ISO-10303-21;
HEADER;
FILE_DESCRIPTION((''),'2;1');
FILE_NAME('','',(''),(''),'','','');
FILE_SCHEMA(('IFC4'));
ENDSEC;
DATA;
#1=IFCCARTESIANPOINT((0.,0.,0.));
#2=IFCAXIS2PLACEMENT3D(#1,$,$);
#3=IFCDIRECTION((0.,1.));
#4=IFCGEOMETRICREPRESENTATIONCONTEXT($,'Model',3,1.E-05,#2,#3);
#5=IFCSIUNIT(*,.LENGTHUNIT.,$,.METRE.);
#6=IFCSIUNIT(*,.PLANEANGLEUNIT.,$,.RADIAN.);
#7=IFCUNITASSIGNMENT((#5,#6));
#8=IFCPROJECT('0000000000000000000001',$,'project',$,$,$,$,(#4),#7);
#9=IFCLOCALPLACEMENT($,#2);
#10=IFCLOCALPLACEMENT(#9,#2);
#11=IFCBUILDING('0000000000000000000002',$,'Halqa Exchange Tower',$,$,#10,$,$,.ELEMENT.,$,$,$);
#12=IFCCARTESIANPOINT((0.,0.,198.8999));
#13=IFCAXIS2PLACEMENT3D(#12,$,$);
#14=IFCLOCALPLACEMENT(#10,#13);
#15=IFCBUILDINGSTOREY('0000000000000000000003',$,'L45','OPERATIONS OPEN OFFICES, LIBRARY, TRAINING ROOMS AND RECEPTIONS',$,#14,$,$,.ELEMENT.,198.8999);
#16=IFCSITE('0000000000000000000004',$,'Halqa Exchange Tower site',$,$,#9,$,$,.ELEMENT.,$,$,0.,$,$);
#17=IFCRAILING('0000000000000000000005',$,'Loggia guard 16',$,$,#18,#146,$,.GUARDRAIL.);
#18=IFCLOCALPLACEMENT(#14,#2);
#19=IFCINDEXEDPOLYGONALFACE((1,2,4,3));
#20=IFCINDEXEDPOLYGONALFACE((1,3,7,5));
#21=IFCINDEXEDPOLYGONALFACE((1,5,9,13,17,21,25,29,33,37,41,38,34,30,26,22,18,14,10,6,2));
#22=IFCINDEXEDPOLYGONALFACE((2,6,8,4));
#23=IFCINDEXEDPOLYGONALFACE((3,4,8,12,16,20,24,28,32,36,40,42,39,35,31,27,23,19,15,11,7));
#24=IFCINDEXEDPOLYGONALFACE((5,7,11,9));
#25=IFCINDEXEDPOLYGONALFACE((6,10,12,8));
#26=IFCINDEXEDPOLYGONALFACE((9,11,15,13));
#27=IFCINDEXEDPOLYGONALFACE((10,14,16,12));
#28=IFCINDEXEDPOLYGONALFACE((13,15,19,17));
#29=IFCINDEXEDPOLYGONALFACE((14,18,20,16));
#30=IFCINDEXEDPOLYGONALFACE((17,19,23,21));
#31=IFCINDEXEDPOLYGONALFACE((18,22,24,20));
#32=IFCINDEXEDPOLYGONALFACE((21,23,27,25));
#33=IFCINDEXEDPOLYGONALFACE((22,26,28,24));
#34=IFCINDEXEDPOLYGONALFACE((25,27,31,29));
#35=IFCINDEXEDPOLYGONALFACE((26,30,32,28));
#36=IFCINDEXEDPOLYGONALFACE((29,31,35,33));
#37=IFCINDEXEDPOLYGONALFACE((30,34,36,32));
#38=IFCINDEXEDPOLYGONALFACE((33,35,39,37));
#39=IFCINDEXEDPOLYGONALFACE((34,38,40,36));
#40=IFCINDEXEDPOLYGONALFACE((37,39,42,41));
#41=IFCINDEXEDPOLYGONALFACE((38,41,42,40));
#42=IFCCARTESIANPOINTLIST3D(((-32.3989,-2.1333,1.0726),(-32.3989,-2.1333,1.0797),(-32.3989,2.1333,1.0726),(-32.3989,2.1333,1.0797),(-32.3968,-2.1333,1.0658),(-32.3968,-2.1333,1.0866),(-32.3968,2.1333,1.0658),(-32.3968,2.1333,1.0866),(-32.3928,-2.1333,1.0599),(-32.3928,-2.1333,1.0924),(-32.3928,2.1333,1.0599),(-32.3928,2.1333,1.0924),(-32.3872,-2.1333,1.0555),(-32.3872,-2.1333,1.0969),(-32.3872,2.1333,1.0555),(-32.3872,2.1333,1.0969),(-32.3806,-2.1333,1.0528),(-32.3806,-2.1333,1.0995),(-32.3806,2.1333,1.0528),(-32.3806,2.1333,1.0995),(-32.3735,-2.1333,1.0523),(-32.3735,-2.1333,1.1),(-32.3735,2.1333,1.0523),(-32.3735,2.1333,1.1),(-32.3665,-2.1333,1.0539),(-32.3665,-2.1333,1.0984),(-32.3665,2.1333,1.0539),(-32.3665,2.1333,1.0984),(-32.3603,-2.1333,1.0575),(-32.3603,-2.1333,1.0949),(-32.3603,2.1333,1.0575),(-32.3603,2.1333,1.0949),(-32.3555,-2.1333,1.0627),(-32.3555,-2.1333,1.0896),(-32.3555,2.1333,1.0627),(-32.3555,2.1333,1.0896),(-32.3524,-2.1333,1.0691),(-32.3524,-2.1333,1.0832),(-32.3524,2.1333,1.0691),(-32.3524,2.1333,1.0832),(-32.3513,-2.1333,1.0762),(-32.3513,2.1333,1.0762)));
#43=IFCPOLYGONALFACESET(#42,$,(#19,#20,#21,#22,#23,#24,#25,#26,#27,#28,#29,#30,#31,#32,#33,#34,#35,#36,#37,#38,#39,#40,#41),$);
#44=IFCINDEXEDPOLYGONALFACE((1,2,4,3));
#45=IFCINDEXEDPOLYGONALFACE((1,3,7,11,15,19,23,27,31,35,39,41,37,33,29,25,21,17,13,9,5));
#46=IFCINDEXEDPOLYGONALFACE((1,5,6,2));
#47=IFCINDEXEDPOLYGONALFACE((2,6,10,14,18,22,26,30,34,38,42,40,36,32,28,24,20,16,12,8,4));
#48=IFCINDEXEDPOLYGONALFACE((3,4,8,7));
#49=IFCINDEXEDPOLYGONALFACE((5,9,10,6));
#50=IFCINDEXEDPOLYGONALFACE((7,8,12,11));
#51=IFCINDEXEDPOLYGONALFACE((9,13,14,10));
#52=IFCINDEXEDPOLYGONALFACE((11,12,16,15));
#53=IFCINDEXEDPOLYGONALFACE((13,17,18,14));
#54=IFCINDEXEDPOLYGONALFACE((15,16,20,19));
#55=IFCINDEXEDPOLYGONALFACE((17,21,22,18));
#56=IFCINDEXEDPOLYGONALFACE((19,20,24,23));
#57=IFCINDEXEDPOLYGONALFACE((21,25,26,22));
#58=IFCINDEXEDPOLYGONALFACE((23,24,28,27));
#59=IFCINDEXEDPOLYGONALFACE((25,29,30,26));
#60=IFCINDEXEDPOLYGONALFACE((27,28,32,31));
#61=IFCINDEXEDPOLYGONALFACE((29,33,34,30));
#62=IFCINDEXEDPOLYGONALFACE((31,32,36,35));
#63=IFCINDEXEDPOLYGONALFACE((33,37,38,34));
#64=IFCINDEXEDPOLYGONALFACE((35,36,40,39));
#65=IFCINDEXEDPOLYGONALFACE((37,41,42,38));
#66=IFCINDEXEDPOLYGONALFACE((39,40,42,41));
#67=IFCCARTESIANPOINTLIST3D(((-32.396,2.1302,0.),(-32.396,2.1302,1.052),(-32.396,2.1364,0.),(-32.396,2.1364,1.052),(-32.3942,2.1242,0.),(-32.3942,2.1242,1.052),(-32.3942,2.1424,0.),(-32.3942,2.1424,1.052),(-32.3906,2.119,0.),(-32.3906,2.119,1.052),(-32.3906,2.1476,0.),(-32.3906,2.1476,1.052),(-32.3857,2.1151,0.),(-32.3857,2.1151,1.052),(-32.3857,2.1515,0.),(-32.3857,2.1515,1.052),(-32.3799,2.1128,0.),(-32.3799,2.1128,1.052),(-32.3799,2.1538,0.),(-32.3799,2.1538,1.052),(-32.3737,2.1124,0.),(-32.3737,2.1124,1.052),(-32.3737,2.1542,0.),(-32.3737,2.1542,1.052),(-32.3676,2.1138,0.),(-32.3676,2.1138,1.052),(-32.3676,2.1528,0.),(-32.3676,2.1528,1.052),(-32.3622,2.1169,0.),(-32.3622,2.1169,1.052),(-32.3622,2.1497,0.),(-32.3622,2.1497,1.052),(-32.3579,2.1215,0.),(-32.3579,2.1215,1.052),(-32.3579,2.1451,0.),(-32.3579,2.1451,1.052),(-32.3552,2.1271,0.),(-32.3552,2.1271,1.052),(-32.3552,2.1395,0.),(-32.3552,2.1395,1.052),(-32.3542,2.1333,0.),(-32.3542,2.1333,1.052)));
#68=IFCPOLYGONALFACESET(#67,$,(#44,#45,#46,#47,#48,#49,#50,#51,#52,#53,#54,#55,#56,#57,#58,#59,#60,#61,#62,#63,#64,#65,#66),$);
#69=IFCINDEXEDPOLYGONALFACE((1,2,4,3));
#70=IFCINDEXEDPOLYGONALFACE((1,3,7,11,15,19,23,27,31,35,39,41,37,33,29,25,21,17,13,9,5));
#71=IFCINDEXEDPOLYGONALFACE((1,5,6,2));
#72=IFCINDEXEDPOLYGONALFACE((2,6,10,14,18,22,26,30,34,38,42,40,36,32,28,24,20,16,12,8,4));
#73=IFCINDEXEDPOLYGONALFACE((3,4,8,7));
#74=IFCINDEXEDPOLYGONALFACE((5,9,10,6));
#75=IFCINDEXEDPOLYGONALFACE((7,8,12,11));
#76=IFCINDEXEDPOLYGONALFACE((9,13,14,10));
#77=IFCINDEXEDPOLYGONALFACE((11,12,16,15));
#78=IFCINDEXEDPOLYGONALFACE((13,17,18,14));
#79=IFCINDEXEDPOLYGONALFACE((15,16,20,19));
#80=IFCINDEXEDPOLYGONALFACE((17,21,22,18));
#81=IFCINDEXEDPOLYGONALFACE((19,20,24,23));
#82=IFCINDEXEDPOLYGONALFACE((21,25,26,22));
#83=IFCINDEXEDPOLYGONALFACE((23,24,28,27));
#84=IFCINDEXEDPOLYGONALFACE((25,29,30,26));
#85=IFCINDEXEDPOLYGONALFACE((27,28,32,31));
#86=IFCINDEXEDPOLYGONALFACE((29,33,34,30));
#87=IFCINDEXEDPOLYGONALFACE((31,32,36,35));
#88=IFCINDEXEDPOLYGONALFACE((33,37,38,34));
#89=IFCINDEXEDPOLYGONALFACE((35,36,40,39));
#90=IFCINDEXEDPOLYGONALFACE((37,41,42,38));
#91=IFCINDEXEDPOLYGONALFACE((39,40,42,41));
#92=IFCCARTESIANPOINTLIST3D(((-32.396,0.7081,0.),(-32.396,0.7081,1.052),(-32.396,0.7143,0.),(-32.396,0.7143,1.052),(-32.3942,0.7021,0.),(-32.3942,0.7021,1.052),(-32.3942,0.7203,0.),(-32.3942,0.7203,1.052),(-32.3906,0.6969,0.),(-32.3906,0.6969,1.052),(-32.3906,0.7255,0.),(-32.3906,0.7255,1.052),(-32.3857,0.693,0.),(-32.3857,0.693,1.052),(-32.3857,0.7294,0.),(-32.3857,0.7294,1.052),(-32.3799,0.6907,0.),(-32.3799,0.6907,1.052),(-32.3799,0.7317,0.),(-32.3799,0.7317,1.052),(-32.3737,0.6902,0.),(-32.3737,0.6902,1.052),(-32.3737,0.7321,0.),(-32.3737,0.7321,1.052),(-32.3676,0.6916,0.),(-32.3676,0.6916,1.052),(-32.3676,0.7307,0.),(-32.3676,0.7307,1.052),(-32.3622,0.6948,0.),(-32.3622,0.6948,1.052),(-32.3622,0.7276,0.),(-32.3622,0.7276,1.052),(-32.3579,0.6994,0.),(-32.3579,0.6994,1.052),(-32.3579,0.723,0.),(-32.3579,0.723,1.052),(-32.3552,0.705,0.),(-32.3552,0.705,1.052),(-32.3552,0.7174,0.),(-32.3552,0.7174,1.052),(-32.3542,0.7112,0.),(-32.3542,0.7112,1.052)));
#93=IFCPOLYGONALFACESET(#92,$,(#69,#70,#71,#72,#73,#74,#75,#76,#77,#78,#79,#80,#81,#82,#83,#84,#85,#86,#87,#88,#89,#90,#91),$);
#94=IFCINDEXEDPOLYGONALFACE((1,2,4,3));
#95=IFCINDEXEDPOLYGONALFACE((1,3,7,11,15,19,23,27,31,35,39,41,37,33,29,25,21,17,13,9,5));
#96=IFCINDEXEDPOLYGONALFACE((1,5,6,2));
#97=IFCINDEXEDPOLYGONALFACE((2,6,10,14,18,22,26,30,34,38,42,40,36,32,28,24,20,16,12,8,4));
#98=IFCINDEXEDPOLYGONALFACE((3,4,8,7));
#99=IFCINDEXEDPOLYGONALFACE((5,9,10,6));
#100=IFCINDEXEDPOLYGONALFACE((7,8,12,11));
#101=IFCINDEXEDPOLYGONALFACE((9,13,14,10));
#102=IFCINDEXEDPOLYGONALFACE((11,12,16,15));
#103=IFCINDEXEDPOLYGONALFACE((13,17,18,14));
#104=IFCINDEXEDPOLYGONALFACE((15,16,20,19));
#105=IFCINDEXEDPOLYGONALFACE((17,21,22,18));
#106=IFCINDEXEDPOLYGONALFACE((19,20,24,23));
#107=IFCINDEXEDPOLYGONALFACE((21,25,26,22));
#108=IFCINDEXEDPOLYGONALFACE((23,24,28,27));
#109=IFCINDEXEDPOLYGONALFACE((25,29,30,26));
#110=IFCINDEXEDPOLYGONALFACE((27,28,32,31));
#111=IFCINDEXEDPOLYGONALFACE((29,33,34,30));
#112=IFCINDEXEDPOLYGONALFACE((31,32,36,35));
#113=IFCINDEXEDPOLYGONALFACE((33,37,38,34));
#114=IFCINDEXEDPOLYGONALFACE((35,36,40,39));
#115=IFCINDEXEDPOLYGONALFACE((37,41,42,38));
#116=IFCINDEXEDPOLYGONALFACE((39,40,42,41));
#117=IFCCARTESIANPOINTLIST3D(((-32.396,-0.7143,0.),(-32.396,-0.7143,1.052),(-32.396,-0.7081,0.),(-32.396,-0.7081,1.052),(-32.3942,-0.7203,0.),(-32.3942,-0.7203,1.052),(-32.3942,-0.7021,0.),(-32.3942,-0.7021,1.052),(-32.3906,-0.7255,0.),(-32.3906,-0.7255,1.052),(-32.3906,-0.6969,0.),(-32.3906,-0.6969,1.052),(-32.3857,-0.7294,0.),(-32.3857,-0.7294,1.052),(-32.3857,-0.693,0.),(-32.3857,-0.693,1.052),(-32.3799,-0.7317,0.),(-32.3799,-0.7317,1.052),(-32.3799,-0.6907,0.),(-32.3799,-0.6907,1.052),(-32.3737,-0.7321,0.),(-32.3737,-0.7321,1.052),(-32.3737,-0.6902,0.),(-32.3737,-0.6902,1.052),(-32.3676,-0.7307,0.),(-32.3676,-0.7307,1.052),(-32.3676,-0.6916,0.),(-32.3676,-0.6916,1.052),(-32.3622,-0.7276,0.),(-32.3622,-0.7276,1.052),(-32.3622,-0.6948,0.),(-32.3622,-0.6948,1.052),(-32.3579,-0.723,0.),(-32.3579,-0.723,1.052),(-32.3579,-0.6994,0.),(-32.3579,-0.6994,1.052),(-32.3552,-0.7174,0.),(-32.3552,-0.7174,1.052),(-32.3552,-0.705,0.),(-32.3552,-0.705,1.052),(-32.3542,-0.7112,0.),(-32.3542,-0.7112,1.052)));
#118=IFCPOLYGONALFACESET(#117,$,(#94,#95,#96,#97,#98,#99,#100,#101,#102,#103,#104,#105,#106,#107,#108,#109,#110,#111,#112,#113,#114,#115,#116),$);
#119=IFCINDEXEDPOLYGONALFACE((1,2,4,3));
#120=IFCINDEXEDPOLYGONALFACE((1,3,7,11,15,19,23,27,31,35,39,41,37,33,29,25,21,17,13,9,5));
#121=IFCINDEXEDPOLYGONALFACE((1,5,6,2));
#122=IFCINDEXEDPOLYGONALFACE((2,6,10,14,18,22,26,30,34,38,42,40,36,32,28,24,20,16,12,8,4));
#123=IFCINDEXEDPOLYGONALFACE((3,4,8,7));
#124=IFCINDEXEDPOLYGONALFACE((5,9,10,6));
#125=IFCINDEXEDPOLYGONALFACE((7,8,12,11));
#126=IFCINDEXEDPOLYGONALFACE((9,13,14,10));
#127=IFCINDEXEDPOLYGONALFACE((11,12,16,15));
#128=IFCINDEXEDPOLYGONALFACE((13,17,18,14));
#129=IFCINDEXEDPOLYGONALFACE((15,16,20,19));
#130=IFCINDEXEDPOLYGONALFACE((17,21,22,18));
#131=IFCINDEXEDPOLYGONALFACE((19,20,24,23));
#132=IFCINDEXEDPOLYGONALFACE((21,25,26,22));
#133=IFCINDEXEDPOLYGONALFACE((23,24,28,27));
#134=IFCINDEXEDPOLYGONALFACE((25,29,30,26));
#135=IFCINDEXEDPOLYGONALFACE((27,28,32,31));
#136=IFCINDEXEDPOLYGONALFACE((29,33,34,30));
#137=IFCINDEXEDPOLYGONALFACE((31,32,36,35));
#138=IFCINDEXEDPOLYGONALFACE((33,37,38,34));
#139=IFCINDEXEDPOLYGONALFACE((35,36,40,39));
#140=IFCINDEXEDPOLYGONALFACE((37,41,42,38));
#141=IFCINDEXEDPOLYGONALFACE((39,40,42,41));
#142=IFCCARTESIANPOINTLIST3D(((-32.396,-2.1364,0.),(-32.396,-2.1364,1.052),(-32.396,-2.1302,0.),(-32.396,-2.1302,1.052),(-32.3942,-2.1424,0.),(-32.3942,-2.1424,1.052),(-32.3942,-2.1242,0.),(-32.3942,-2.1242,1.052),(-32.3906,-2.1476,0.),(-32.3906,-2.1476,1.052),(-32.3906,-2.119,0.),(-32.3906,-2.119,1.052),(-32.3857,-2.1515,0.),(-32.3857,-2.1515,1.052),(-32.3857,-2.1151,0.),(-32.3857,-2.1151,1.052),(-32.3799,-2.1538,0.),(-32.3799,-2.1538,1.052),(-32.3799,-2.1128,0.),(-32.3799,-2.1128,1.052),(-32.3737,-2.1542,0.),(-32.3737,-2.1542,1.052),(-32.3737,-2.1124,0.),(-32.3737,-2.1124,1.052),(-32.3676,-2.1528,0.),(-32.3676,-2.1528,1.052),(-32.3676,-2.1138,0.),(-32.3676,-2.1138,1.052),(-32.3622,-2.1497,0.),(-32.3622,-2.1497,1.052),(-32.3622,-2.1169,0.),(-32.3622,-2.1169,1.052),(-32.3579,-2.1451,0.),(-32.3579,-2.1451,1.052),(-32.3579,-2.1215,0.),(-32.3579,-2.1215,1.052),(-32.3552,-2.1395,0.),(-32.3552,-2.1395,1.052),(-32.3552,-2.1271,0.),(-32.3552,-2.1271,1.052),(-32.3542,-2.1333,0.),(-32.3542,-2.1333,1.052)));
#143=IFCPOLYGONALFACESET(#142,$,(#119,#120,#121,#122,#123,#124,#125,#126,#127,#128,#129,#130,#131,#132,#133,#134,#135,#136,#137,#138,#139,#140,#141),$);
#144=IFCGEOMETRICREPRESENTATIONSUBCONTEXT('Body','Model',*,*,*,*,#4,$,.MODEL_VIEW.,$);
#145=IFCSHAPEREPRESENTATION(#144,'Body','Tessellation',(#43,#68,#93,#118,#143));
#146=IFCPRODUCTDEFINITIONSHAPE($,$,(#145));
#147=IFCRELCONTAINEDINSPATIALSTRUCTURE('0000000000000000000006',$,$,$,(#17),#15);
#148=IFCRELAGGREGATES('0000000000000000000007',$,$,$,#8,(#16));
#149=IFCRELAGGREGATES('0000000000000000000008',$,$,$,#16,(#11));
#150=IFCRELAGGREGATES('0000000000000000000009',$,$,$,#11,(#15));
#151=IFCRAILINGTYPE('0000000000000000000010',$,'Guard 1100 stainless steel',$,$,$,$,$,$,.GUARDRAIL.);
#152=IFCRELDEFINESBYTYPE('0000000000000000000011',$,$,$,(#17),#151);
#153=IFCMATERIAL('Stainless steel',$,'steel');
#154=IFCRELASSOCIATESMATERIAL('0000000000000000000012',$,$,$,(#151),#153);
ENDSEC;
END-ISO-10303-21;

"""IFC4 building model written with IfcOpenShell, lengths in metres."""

from ifc_helpers import new_model, si_unit, direction, frame, origin, origin_2d, place, context, subcontext, project, spatial, circle, extrude, material, type_object, element, save


model = new_model("IFC4")

# Units and contexts
model_context = context("Model", 3, precision=1e-05, world=origin(), true_north=direction((0.0, 1.0)))
body_context = subcontext(model_context, "Body", "Model", "MODEL_VIEW")
ifc_project = project(units=[si_unit("LENGTHUNIT", "METRE"), si_unit("PLANEANGLEUNIT", "RADIAN")], contexts=[model_context])

# Site, building, storey
site_placement = place(None, origin())
site = spatial("IfcSite", under=ifc_project, at=site_placement, Name="Halqa Exchange Tower site", CompositionType="ELEMENT", RefElevation=0.0)
building_placement = place(site_placement, origin())
building = spatial("IfcBuilding", under=site, at=building_placement, Name="Halqa Exchange Tower", CompositionType="ELEMENT")
storey_placement = place(building_placement, frame((0.0, 0.0, 198.8999)))
storey = spatial("IfcBuildingStorey", under=building, at=storey_placement, Name="L45", Description="OPERATIONS OPEN OFFICES, LIBRARY, TRAINING ROOMS AND RECEPTIONS", CompositionType="ELEMENT", Elevation=198.8999)

# Railing
ifc_material_1 = material(Name="Stainless steel", Category="steel")
railing_type = type_object("IfcRailingType", Name="Guard 1100 stainless steel", PredefinedType="GUARDRAIL", material=ifc_material_1)
railing_1_placement = place(storey_placement, frame((-32.3752, 2.1333, 0.0)))
element("IfcRailing", 1, at=railing_1_placement, inside=storey, type_object=railing_type, Name="Loggia guard 16", PredefinedType="GUARDRAIL", context=body_context, shape_type="SweptSolid", body=[
    extrude(circle(Radius=0.0239, at=origin_2d()), frame((0.0, 0.0, 1.0762), z_axis=(0.0, -1.0, 0.0), x_axis=(1.0, 0.0, 0.0)), (0.0, 0.0, 1.0), 4.2666),
    extrude(circle(Radius=0.021, at=origin_2d()), origin(), (0.0, 0.0, 1.0), 1.052),
    extrude(circle(Radius=0.021, at=origin_2d()), frame((0.0, -1.4221, 0.0)), (0.0, 0.0, 1.0), 1.052),
    extrude(circle(Radius=0.021, at=origin_2d()), frame((0.0, -2.8445, 0.0)), (0.0, 0.0, 1.0), 1.052),
    extrude(circle(Radius=0.021, at=origin_2d()), frame((0.0, -4.2666, 0.0)), (0.0, 0.0, 1.0), 1.052),
])

save(model, "model.ifc")
